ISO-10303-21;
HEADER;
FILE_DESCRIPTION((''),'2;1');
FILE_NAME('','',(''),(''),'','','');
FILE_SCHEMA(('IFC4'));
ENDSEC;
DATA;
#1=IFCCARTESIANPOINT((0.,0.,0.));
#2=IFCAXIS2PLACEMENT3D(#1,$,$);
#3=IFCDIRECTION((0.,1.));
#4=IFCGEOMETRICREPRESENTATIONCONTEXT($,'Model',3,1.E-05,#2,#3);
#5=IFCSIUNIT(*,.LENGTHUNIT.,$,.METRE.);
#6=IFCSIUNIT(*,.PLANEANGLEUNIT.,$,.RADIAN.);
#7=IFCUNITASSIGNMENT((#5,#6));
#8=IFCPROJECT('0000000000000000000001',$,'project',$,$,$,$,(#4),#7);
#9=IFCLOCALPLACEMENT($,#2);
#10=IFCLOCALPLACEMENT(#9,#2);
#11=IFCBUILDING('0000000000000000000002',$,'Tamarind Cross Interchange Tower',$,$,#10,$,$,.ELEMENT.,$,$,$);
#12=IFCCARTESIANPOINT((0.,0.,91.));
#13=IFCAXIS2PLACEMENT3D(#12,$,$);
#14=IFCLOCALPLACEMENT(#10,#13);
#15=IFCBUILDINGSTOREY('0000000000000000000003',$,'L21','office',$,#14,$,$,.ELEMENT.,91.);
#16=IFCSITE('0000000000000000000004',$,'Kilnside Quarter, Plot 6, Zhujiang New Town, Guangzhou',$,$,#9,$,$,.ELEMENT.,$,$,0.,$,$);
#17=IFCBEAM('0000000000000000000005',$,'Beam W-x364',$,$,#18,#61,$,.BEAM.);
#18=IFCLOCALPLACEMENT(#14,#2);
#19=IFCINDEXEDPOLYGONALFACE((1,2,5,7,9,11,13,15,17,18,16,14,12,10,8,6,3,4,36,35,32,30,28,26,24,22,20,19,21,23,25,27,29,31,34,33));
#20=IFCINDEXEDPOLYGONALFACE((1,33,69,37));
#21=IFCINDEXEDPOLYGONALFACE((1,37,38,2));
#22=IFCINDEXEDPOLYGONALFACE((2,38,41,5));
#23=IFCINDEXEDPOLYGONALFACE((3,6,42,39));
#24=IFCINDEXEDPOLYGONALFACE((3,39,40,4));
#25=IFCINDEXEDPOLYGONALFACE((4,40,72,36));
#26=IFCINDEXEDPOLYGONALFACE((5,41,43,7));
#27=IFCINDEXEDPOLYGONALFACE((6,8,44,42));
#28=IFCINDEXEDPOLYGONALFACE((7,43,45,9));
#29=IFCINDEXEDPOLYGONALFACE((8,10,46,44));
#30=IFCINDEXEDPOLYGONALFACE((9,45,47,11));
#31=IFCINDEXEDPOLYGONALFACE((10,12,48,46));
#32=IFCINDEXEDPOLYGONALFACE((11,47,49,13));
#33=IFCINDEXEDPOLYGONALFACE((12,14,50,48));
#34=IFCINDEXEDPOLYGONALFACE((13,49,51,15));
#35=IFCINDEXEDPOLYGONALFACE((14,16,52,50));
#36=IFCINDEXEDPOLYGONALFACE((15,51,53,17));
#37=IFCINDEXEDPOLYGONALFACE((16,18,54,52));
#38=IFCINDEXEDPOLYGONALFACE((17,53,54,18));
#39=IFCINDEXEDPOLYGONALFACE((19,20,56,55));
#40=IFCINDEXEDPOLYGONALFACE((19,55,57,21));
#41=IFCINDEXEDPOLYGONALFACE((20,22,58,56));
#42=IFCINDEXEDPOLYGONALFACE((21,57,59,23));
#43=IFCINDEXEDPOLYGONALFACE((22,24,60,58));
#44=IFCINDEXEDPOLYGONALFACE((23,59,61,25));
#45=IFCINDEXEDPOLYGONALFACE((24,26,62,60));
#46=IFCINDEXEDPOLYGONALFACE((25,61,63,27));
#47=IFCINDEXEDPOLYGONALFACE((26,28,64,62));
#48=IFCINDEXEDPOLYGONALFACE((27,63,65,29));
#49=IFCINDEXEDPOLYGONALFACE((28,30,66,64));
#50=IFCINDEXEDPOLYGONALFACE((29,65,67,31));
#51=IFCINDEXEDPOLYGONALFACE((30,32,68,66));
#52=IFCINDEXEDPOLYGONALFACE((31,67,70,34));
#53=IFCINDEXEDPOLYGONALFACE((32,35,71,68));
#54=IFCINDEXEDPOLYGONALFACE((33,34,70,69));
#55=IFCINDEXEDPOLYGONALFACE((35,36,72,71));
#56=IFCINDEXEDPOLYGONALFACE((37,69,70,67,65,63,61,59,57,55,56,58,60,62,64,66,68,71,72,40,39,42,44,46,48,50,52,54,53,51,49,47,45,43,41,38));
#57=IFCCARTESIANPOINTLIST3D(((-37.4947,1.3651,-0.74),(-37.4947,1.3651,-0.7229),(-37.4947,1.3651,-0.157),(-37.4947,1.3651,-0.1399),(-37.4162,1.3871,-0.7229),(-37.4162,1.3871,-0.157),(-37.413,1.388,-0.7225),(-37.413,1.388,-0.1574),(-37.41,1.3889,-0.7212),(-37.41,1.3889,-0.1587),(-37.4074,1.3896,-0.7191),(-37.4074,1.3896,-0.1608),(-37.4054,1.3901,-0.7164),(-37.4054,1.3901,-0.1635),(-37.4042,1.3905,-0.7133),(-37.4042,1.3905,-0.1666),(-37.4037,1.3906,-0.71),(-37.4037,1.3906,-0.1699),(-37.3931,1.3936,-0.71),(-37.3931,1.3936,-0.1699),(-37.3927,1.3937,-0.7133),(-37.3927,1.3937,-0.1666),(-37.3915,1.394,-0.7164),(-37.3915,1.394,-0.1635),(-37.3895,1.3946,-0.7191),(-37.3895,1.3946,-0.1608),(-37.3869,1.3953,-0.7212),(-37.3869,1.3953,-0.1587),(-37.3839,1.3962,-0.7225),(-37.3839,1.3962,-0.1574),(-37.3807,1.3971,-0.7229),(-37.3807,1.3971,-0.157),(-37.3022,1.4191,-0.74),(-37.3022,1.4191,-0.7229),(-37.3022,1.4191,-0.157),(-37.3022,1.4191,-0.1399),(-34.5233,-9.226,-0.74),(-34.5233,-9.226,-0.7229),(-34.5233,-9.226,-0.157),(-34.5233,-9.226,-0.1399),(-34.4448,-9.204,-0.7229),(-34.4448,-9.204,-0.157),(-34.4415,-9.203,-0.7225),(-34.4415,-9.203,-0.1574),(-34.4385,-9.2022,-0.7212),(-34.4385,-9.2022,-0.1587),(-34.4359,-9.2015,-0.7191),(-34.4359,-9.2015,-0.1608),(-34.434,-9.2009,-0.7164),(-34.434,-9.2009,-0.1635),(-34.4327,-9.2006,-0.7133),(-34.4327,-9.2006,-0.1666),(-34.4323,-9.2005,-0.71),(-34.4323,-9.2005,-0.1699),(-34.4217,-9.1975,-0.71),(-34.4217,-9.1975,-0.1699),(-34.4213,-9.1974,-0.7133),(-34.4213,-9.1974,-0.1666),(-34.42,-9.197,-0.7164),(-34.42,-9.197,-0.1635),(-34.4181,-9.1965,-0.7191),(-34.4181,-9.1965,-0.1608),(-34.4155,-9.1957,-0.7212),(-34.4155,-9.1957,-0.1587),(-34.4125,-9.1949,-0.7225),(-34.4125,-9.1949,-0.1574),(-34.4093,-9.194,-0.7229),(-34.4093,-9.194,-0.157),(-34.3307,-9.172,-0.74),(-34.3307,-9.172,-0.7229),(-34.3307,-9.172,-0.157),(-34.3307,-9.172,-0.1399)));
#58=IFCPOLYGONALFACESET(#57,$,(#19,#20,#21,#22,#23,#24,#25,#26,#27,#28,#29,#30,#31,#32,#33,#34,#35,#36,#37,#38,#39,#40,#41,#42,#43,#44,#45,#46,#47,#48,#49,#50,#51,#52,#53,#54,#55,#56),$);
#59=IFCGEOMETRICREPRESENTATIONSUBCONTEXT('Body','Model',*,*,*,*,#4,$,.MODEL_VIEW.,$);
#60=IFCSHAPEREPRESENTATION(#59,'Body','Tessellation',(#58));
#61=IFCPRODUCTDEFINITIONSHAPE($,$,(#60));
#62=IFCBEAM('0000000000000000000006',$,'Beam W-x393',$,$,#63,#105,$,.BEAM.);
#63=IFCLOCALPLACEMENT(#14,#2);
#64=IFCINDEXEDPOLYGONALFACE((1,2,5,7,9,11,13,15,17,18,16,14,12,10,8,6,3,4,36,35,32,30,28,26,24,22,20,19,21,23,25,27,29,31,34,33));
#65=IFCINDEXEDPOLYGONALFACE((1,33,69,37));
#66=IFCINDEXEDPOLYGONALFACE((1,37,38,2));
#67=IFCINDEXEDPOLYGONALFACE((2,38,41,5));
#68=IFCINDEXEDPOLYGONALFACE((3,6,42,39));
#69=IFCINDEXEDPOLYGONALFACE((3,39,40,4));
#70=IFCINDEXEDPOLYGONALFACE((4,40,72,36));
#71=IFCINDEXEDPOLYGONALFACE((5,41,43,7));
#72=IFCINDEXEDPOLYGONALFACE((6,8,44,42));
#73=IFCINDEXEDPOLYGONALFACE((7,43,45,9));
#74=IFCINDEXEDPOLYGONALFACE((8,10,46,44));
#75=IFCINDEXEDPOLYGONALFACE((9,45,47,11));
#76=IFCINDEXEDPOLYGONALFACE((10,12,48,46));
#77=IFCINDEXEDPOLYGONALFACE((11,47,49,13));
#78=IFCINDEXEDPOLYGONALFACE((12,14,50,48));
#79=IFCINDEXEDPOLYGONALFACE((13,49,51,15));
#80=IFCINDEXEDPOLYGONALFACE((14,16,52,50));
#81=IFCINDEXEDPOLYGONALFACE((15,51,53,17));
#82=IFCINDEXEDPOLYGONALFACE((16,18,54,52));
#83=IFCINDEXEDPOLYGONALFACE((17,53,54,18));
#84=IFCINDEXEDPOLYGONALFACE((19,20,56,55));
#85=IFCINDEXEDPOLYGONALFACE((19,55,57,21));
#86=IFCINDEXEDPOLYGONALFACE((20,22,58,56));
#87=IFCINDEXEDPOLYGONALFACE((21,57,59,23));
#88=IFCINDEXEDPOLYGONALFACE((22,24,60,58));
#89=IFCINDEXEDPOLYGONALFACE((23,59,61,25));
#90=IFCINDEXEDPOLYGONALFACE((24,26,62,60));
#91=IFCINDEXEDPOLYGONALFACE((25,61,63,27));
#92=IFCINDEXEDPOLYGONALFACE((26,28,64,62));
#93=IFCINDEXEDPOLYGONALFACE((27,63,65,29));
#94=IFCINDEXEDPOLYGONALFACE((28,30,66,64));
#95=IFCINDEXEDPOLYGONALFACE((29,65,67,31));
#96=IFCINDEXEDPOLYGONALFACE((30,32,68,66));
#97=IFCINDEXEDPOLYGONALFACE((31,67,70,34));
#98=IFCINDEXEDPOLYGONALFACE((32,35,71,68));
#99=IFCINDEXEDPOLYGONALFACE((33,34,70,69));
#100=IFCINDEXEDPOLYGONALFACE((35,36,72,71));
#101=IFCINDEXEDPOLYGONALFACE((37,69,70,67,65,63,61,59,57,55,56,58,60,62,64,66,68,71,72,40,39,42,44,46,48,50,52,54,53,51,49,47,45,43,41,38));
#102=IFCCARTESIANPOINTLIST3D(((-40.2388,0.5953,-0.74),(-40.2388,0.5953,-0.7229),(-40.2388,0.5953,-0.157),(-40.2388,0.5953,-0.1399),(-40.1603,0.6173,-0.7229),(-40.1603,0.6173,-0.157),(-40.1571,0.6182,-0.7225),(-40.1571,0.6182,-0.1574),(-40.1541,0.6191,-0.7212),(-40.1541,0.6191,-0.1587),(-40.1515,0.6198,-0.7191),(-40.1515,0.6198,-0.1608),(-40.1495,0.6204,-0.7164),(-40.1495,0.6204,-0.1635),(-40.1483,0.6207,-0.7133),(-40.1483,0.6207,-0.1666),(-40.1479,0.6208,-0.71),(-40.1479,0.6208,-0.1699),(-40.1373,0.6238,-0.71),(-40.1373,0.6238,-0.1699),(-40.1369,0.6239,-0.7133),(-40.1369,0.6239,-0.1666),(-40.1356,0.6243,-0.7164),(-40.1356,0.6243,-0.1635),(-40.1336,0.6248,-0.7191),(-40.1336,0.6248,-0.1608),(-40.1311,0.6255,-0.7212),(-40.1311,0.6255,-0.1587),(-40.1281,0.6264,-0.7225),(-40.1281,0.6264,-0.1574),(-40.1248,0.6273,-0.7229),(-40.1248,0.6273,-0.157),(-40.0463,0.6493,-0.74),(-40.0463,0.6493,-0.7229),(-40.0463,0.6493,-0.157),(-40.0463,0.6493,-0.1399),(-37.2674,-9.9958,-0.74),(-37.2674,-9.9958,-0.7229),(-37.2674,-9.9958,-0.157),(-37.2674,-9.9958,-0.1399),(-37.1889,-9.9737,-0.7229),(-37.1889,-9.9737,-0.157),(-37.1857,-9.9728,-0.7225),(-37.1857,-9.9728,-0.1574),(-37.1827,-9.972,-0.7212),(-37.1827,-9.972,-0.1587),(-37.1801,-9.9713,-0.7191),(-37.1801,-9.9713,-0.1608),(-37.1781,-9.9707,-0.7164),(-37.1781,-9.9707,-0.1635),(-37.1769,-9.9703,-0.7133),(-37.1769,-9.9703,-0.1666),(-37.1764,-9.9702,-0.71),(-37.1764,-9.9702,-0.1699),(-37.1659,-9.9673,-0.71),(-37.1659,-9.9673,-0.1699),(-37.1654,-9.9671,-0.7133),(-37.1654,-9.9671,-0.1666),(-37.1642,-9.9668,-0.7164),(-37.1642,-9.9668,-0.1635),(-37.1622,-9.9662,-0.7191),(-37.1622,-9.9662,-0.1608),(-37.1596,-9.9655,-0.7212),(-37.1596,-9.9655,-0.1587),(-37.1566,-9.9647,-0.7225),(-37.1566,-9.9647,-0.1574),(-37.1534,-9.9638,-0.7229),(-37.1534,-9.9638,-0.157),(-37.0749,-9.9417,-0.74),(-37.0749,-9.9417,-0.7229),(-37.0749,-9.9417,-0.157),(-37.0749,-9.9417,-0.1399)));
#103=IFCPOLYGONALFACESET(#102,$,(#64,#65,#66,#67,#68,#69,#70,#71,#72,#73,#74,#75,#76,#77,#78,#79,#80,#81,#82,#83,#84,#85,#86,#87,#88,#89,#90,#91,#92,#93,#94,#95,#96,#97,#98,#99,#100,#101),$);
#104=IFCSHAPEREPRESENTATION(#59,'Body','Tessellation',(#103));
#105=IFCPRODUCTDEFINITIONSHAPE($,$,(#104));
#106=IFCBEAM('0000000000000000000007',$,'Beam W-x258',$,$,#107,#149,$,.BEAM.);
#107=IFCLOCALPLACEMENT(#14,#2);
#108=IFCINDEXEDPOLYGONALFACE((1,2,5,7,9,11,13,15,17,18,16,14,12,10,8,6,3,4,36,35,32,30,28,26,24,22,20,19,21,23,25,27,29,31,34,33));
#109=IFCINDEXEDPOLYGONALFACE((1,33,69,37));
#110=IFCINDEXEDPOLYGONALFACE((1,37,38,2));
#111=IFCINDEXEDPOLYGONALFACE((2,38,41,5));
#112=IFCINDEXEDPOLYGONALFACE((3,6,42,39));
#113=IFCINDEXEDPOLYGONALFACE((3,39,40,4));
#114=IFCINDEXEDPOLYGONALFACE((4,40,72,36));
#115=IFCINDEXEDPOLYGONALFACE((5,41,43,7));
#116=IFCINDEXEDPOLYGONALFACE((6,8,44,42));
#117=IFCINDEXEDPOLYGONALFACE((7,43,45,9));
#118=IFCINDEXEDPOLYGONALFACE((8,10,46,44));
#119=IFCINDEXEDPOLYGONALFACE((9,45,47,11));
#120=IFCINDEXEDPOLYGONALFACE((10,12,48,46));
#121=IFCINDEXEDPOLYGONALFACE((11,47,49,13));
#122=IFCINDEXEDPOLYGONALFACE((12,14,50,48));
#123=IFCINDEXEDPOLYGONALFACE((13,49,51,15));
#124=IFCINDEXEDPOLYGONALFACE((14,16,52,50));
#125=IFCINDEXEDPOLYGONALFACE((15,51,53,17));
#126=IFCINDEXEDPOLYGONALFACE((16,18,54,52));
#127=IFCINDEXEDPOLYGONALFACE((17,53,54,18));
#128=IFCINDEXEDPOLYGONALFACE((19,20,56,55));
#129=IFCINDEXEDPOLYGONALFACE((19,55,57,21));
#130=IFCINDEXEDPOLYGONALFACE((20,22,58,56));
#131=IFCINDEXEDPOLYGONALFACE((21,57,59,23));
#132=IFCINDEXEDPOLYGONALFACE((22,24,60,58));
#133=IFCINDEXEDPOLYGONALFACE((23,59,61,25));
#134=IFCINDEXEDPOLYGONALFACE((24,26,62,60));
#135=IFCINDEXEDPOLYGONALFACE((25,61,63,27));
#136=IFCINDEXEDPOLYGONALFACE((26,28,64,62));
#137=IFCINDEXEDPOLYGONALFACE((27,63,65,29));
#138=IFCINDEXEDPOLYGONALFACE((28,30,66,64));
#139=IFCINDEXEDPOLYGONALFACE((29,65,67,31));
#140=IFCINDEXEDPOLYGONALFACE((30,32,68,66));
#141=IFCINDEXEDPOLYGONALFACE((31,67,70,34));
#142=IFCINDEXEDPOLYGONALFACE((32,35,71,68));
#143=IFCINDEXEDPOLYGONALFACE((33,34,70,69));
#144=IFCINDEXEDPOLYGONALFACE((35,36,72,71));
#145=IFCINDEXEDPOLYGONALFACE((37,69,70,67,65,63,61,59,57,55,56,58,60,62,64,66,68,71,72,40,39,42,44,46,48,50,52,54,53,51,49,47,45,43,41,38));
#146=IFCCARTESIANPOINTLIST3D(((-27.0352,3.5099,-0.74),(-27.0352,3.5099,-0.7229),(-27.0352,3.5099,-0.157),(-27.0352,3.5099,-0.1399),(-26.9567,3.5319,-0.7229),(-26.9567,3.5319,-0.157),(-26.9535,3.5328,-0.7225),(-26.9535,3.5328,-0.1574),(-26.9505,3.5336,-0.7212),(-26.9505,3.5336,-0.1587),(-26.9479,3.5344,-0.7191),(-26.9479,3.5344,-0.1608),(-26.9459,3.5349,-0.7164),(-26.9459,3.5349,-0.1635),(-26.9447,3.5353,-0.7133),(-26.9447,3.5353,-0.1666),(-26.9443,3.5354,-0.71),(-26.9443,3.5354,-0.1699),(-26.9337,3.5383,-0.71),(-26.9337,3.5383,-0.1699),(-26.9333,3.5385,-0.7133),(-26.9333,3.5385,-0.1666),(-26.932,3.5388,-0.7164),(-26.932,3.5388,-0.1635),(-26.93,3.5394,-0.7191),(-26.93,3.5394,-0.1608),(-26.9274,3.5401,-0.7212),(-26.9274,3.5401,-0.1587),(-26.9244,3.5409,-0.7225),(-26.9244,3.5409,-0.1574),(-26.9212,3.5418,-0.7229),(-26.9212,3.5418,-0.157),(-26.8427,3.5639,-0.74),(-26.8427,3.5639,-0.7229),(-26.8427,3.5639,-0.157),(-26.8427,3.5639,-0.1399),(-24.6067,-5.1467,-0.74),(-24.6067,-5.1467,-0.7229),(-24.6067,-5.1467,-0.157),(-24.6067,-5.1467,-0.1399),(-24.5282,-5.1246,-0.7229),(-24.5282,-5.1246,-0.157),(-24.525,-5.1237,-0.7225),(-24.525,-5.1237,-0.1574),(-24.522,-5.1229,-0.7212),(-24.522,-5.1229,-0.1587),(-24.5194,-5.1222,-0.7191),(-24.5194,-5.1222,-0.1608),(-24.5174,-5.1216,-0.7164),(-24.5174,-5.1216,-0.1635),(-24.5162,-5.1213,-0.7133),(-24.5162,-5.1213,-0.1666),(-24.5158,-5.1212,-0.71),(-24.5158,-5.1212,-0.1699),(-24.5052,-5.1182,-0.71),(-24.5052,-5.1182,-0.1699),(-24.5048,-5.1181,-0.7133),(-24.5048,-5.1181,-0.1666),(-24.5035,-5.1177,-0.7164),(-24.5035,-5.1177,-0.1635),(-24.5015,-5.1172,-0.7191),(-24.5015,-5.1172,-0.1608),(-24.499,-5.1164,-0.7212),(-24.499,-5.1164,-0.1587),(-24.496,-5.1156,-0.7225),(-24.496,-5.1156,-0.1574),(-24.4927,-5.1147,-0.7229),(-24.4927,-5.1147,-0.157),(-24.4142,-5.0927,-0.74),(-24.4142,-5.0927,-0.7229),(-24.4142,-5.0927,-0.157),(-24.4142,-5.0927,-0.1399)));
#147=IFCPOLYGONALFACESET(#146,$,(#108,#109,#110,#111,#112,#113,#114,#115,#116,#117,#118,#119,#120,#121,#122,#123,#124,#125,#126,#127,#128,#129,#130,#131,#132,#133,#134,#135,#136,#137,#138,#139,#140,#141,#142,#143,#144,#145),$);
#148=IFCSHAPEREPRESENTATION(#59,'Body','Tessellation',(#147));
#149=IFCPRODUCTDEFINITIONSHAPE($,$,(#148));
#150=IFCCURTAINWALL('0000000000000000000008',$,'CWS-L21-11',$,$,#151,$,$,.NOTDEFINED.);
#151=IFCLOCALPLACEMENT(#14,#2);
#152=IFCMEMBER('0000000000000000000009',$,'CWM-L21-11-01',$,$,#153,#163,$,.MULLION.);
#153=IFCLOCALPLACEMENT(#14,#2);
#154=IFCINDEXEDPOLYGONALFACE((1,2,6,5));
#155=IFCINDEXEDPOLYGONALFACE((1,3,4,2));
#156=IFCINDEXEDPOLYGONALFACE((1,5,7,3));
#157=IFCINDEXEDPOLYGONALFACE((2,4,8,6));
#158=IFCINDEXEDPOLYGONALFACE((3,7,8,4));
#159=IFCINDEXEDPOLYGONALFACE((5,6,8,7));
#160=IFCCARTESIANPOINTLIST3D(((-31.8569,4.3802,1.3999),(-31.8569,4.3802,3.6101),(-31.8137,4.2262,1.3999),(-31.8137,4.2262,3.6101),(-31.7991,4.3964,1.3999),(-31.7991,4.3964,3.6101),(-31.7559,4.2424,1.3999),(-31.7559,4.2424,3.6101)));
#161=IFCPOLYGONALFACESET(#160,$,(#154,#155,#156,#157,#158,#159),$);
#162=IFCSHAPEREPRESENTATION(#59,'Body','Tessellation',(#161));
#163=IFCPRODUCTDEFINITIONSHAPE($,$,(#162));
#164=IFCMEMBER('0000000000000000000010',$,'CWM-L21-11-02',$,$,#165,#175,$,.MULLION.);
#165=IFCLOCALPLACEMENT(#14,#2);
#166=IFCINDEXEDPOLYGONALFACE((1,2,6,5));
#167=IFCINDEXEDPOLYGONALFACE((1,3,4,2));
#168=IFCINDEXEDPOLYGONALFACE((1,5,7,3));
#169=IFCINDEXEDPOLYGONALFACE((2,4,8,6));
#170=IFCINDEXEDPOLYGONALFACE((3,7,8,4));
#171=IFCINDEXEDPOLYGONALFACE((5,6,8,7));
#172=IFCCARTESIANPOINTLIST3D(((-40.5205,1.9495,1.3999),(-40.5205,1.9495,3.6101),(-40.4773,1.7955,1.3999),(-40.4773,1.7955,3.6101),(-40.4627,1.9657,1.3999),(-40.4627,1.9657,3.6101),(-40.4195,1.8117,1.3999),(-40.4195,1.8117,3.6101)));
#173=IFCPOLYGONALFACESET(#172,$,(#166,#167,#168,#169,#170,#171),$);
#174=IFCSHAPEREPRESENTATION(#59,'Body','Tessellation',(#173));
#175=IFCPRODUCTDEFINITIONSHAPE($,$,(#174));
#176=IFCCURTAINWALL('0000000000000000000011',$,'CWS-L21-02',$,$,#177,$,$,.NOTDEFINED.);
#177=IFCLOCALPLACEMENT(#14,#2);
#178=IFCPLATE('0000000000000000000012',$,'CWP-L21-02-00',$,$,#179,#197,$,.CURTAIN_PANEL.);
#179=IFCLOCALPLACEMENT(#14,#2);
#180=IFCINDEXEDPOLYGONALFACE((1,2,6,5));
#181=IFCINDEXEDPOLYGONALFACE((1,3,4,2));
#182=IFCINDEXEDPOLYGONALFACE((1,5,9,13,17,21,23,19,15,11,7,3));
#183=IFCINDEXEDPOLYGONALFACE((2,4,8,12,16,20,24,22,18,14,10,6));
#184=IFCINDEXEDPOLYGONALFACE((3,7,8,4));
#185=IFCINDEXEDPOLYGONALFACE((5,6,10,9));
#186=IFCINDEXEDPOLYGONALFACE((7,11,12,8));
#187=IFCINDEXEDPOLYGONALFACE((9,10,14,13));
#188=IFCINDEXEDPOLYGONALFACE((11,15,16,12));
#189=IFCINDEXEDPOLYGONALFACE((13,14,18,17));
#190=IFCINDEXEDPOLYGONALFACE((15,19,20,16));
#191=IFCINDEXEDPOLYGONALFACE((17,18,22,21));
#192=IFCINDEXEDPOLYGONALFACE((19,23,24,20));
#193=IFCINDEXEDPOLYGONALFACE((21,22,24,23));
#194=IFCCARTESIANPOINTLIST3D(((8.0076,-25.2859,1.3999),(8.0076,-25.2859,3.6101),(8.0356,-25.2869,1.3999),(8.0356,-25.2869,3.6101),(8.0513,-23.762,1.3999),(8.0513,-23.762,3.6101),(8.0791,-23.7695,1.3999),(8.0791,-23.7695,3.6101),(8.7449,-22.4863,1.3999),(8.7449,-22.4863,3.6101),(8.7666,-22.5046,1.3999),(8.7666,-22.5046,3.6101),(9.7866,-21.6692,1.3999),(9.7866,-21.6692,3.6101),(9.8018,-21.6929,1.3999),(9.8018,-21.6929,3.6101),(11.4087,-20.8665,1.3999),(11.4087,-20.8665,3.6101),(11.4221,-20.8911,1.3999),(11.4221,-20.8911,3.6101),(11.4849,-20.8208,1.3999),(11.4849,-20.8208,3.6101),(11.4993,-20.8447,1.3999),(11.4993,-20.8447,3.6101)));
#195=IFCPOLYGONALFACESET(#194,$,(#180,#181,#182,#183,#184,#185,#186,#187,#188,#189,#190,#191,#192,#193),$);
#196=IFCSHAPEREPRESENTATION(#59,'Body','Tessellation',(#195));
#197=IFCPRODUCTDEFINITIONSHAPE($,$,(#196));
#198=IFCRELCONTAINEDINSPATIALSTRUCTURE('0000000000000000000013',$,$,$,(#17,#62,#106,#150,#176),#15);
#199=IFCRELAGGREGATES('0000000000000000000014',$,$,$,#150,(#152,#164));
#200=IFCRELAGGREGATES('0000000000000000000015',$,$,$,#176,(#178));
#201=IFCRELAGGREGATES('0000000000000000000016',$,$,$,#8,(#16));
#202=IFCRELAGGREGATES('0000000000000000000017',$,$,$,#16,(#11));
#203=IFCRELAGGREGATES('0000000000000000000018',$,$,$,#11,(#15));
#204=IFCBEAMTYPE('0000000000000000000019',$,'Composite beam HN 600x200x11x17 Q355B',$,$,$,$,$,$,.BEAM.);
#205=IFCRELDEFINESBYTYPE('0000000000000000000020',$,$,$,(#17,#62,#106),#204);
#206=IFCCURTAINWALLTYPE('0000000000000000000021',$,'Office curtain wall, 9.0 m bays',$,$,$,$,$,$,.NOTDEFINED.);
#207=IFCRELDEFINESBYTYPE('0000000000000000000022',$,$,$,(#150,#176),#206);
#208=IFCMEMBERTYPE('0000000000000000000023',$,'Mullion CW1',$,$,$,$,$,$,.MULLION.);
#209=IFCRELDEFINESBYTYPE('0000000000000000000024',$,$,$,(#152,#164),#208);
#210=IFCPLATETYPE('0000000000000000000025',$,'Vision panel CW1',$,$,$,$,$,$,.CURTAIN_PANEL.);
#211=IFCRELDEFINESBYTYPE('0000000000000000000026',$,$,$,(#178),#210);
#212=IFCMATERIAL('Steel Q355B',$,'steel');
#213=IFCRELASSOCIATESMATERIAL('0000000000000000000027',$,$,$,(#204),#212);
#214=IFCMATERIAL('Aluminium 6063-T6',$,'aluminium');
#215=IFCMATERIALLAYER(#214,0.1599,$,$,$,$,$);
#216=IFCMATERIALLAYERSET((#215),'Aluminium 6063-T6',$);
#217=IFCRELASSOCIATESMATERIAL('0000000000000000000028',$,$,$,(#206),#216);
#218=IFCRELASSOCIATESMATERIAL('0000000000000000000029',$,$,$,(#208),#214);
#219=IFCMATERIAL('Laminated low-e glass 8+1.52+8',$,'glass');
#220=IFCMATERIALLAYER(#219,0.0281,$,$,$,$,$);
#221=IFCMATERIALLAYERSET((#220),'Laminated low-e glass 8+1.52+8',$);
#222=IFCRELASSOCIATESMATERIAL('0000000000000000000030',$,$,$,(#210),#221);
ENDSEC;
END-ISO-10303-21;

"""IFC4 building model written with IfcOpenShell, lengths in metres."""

from ifc_helpers import new_model, si_unit, direction, frame, origin, origin_2d, place, context, subcontext, project, spatial, polyline, rectangle, i_section, outline, extrude, material, layer, layer_set, material_profile, profile_set, type_object, element, aggregate, save


model = new_model("IFC4")

# Units and contexts
model_context = context("Model", 3, precision=1e-05, world=origin(), true_north=direction((0.0, 1.0)))
body_context = subcontext(model_context, "Body", "Model", "MODEL_VIEW")
ifc_project = project(units=[si_unit("LENGTHUNIT", "METRE"), si_unit("PLANEANGLEUNIT", "RADIAN")], contexts=[model_context])

# Site, building, storey
site_placement = place(None, origin())
site = spatial("IfcSite", under=ifc_project, at=site_placement, Name="Kilnside Quarter, Plot 6, Zhujiang New Town, Guangzhou", CompositionType="ELEMENT", RefElevation=0.0)
building_placement = place(site_placement, origin())
building = spatial("IfcBuilding", under=site, at=building_placement, Name="Tamarind Cross Interchange Tower", CompositionType="ELEMENT")
storey_placement = place(building_placement, frame((0.0, 0.0, 91.0)))
storey = spatial("IfcBuildingStorey", under=building, at=storey_placement, Name="L21", Description="office", CompositionType="ELEMENT", Elevation=91.0)

# Beams
ifc_material_1 = material(Name="Steel Q355B", Category="steel")
ifc_material_profile_1 = material_profile(ifc_material_1, i_section(OverallWidth=0.2, OverallDepth=0.6001, WebThickness=0.011, FlangeThickness=0.0171, FilletRadius=0.0129, at=origin_2d()), Name="HN 600x200x11x17")
ifc_profile_set_1 = profile_set([ifc_material_profile_1], Name="Steel Q355B")
beam_type_1 = type_object("IfcBeamType", Name="Composite beam HN 600x200x11x17 Q355B", PredefinedType="BEAM", material=ifc_profile_set_1)
for number, where, z_axis, x_axis, name in (
    (1, (-37.3984, 1.3921, -0.4399), (0.27013, -0.962824, 0.0), (0.962824, 0.27013, 0.0), "Beam W-x364"),
    (2, (-40.1426, 0.6223, -0.4399), (0.27013, -0.962824, 0.0), (0.962824, 0.27013, 0.0), "Beam W-x393"),
):
    element("IfcBeam", number, at=place(storey_placement, frame(where, z_axis=z_axis, x_axis=x_axis)), inside=storey, type_object=beam_type_1, Name=name, PredefinedType="BEAM", context=body_context, shape_type="SweptSolid", body=[
        extrude(i_section(OverallWidth=0.2, OverallDepth=0.6001, WebThickness=0.011, FlangeThickness=0.0171, FilletRadius=0.0129, at=origin_2d()), origin(), (0.0, 0.0, 1.0), 11.0),
    ])
beam_1_placement = place(storey_placement, frame((-26.939, 3.5369, -0.4399), z_axis=(0.270109, -0.96283, 0.0), x_axis=(0.96283, 0.270109, 0.0)))
element("IfcBeam", 3, at=beam_1_placement, inside=storey, type_object=beam_type_1, Name="Beam W-x258", PredefinedType="BEAM", context=body_context, shape_type="SweptSolid", body=[
    extrude(i_section(OverallWidth=0.2, OverallDepth=0.6001, WebThickness=0.011, FlangeThickness=0.0171, FilletRadius=0.0129, at=origin_2d()), origin(), (0.0, 0.0, 1.0), 8.9907),
])

# Curtain wall, members
ifc_material_2 = material(Name="Aluminium 6063-T6", Category="aluminium")
ifc_layer_1 = layer(ifc_material_2, 0.1599)
ifc_layer_set_1 = layer_set([ifc_layer_1], Name="Aluminium 6063-T6")
curtain_wall_type = type_object("IfcCurtainWallType", Name="Office curtain wall, 9.0 m bays", PredefinedType="NOTDEFINED", material=ifc_layer_set_1)
curtain_wall_1_placement = place(storey_placement, origin())
curtain_wall_1 = element("IfcCurtainWall", 4, at=curtain_wall_1_placement, inside=storey, type_object=curtain_wall_type, Name="CWS-L21-11", PredefinedType="NOTDEFINED")
ifc_material_profile_2 = material_profile(ifc_material_2, rectangle(XDim=0.0601, YDim=0.1599, at=origin_2d()), Name="Mullion CW1")
ifc_profile_set_2 = profile_set([ifc_material_profile_2], Name="Aluminium 6063-T6")
member_type = type_object("IfcMemberType", Name="Mullion CW1", PredefinedType="MULLION", material=ifc_profile_set_2)
member_1_placement = place(storey_placement, frame((-31.8064, 4.3113, 1.3999), z_axis=(0.0, 0.0, 1.0), x_axis=(-0.962824, -0.27013, 0.0)))
member_1 = element("IfcMember", 5, at=member_1_placement, type_object=member_type, Name="CWM-L21-11-01", PredefinedType="MULLION", context=body_context, shape_type="SweptSolid", body=[
    extrude(rectangle(XDim=0.0601, YDim=0.1599, at=origin_2d()), origin(), (0.0, 0.0, 1.0), 2.2102),
])
member_2_placement = place(storey_placement, frame((-40.47, 1.8806, 1.3999), z_axis=(0.0, 0.0, 1.0), x_axis=(-0.962824, -0.27013, 0.0)))
member_2 = element("IfcMember", 6, at=member_2_placement, type_object=member_type, Name="CWM-L21-11-02", PredefinedType="MULLION", context=body_context, shape_type="SweptSolid", body=[
    extrude(rectangle(XDim=0.0601, YDim=0.1599, at=origin_2d()), origin(), (0.0, 0.0, 1.0), 2.2102),
])
aggregate(curtain_wall_1, [member_1, member_2])

# Curtain wall, plate
curtain_wall_2_placement = place(storey_placement, origin())
curtain_wall_2 = element("IfcCurtainWall", 7, at=curtain_wall_2_placement, inside=storey, type_object=curtain_wall_type, Name="CWS-L21-02", PredefinedType="NOTDEFINED")
ifc_material_3 = material(Name="Laminated low-e glass 8+1.52+8", Category="glass")
ifc_layer_2 = layer(ifc_material_3, 0.0281)
ifc_layer_set_2 = layer_set([ifc_layer_2], Name="Laminated low-e glass 8+1.52+8")
plate_type = type_object("IfcPlateType", Name="Vision panel CW1", PredefinedType="CURTAIN_PANEL", material=ifc_layer_set_2)
plate_1_placement = place(storey_placement, frame((0.0, 0.0, 1.3999)))
plate_1 = element("IfcPlate", 8, at=plate_1_placement, type_object=plate_type, Name="CWP-L21-02-00", PredefinedType="CURTAIN_PANEL", context=body_context, shape_type="SweptSolid", body=[
    extrude(outline(polyline([(8.0076, -25.2859), (8.0513, -23.762), (8.7449, -22.4863), (9.7866, -21.6692), (11.4087, -20.8665), (11.4849, -20.8208), (11.4993, -20.8447), (11.4221, -20.8911), (9.8018, -21.6929), (8.7666, -22.5046), (8.0791, -23.7695), (8.0356, -25.2869), (8.0076, -25.2859)])), origin(), (0.0, 0.0, 1.0), 2.2102),
])
aggregate(curtain_wall_2, [plate_1])

save(model, "model.ifc")
